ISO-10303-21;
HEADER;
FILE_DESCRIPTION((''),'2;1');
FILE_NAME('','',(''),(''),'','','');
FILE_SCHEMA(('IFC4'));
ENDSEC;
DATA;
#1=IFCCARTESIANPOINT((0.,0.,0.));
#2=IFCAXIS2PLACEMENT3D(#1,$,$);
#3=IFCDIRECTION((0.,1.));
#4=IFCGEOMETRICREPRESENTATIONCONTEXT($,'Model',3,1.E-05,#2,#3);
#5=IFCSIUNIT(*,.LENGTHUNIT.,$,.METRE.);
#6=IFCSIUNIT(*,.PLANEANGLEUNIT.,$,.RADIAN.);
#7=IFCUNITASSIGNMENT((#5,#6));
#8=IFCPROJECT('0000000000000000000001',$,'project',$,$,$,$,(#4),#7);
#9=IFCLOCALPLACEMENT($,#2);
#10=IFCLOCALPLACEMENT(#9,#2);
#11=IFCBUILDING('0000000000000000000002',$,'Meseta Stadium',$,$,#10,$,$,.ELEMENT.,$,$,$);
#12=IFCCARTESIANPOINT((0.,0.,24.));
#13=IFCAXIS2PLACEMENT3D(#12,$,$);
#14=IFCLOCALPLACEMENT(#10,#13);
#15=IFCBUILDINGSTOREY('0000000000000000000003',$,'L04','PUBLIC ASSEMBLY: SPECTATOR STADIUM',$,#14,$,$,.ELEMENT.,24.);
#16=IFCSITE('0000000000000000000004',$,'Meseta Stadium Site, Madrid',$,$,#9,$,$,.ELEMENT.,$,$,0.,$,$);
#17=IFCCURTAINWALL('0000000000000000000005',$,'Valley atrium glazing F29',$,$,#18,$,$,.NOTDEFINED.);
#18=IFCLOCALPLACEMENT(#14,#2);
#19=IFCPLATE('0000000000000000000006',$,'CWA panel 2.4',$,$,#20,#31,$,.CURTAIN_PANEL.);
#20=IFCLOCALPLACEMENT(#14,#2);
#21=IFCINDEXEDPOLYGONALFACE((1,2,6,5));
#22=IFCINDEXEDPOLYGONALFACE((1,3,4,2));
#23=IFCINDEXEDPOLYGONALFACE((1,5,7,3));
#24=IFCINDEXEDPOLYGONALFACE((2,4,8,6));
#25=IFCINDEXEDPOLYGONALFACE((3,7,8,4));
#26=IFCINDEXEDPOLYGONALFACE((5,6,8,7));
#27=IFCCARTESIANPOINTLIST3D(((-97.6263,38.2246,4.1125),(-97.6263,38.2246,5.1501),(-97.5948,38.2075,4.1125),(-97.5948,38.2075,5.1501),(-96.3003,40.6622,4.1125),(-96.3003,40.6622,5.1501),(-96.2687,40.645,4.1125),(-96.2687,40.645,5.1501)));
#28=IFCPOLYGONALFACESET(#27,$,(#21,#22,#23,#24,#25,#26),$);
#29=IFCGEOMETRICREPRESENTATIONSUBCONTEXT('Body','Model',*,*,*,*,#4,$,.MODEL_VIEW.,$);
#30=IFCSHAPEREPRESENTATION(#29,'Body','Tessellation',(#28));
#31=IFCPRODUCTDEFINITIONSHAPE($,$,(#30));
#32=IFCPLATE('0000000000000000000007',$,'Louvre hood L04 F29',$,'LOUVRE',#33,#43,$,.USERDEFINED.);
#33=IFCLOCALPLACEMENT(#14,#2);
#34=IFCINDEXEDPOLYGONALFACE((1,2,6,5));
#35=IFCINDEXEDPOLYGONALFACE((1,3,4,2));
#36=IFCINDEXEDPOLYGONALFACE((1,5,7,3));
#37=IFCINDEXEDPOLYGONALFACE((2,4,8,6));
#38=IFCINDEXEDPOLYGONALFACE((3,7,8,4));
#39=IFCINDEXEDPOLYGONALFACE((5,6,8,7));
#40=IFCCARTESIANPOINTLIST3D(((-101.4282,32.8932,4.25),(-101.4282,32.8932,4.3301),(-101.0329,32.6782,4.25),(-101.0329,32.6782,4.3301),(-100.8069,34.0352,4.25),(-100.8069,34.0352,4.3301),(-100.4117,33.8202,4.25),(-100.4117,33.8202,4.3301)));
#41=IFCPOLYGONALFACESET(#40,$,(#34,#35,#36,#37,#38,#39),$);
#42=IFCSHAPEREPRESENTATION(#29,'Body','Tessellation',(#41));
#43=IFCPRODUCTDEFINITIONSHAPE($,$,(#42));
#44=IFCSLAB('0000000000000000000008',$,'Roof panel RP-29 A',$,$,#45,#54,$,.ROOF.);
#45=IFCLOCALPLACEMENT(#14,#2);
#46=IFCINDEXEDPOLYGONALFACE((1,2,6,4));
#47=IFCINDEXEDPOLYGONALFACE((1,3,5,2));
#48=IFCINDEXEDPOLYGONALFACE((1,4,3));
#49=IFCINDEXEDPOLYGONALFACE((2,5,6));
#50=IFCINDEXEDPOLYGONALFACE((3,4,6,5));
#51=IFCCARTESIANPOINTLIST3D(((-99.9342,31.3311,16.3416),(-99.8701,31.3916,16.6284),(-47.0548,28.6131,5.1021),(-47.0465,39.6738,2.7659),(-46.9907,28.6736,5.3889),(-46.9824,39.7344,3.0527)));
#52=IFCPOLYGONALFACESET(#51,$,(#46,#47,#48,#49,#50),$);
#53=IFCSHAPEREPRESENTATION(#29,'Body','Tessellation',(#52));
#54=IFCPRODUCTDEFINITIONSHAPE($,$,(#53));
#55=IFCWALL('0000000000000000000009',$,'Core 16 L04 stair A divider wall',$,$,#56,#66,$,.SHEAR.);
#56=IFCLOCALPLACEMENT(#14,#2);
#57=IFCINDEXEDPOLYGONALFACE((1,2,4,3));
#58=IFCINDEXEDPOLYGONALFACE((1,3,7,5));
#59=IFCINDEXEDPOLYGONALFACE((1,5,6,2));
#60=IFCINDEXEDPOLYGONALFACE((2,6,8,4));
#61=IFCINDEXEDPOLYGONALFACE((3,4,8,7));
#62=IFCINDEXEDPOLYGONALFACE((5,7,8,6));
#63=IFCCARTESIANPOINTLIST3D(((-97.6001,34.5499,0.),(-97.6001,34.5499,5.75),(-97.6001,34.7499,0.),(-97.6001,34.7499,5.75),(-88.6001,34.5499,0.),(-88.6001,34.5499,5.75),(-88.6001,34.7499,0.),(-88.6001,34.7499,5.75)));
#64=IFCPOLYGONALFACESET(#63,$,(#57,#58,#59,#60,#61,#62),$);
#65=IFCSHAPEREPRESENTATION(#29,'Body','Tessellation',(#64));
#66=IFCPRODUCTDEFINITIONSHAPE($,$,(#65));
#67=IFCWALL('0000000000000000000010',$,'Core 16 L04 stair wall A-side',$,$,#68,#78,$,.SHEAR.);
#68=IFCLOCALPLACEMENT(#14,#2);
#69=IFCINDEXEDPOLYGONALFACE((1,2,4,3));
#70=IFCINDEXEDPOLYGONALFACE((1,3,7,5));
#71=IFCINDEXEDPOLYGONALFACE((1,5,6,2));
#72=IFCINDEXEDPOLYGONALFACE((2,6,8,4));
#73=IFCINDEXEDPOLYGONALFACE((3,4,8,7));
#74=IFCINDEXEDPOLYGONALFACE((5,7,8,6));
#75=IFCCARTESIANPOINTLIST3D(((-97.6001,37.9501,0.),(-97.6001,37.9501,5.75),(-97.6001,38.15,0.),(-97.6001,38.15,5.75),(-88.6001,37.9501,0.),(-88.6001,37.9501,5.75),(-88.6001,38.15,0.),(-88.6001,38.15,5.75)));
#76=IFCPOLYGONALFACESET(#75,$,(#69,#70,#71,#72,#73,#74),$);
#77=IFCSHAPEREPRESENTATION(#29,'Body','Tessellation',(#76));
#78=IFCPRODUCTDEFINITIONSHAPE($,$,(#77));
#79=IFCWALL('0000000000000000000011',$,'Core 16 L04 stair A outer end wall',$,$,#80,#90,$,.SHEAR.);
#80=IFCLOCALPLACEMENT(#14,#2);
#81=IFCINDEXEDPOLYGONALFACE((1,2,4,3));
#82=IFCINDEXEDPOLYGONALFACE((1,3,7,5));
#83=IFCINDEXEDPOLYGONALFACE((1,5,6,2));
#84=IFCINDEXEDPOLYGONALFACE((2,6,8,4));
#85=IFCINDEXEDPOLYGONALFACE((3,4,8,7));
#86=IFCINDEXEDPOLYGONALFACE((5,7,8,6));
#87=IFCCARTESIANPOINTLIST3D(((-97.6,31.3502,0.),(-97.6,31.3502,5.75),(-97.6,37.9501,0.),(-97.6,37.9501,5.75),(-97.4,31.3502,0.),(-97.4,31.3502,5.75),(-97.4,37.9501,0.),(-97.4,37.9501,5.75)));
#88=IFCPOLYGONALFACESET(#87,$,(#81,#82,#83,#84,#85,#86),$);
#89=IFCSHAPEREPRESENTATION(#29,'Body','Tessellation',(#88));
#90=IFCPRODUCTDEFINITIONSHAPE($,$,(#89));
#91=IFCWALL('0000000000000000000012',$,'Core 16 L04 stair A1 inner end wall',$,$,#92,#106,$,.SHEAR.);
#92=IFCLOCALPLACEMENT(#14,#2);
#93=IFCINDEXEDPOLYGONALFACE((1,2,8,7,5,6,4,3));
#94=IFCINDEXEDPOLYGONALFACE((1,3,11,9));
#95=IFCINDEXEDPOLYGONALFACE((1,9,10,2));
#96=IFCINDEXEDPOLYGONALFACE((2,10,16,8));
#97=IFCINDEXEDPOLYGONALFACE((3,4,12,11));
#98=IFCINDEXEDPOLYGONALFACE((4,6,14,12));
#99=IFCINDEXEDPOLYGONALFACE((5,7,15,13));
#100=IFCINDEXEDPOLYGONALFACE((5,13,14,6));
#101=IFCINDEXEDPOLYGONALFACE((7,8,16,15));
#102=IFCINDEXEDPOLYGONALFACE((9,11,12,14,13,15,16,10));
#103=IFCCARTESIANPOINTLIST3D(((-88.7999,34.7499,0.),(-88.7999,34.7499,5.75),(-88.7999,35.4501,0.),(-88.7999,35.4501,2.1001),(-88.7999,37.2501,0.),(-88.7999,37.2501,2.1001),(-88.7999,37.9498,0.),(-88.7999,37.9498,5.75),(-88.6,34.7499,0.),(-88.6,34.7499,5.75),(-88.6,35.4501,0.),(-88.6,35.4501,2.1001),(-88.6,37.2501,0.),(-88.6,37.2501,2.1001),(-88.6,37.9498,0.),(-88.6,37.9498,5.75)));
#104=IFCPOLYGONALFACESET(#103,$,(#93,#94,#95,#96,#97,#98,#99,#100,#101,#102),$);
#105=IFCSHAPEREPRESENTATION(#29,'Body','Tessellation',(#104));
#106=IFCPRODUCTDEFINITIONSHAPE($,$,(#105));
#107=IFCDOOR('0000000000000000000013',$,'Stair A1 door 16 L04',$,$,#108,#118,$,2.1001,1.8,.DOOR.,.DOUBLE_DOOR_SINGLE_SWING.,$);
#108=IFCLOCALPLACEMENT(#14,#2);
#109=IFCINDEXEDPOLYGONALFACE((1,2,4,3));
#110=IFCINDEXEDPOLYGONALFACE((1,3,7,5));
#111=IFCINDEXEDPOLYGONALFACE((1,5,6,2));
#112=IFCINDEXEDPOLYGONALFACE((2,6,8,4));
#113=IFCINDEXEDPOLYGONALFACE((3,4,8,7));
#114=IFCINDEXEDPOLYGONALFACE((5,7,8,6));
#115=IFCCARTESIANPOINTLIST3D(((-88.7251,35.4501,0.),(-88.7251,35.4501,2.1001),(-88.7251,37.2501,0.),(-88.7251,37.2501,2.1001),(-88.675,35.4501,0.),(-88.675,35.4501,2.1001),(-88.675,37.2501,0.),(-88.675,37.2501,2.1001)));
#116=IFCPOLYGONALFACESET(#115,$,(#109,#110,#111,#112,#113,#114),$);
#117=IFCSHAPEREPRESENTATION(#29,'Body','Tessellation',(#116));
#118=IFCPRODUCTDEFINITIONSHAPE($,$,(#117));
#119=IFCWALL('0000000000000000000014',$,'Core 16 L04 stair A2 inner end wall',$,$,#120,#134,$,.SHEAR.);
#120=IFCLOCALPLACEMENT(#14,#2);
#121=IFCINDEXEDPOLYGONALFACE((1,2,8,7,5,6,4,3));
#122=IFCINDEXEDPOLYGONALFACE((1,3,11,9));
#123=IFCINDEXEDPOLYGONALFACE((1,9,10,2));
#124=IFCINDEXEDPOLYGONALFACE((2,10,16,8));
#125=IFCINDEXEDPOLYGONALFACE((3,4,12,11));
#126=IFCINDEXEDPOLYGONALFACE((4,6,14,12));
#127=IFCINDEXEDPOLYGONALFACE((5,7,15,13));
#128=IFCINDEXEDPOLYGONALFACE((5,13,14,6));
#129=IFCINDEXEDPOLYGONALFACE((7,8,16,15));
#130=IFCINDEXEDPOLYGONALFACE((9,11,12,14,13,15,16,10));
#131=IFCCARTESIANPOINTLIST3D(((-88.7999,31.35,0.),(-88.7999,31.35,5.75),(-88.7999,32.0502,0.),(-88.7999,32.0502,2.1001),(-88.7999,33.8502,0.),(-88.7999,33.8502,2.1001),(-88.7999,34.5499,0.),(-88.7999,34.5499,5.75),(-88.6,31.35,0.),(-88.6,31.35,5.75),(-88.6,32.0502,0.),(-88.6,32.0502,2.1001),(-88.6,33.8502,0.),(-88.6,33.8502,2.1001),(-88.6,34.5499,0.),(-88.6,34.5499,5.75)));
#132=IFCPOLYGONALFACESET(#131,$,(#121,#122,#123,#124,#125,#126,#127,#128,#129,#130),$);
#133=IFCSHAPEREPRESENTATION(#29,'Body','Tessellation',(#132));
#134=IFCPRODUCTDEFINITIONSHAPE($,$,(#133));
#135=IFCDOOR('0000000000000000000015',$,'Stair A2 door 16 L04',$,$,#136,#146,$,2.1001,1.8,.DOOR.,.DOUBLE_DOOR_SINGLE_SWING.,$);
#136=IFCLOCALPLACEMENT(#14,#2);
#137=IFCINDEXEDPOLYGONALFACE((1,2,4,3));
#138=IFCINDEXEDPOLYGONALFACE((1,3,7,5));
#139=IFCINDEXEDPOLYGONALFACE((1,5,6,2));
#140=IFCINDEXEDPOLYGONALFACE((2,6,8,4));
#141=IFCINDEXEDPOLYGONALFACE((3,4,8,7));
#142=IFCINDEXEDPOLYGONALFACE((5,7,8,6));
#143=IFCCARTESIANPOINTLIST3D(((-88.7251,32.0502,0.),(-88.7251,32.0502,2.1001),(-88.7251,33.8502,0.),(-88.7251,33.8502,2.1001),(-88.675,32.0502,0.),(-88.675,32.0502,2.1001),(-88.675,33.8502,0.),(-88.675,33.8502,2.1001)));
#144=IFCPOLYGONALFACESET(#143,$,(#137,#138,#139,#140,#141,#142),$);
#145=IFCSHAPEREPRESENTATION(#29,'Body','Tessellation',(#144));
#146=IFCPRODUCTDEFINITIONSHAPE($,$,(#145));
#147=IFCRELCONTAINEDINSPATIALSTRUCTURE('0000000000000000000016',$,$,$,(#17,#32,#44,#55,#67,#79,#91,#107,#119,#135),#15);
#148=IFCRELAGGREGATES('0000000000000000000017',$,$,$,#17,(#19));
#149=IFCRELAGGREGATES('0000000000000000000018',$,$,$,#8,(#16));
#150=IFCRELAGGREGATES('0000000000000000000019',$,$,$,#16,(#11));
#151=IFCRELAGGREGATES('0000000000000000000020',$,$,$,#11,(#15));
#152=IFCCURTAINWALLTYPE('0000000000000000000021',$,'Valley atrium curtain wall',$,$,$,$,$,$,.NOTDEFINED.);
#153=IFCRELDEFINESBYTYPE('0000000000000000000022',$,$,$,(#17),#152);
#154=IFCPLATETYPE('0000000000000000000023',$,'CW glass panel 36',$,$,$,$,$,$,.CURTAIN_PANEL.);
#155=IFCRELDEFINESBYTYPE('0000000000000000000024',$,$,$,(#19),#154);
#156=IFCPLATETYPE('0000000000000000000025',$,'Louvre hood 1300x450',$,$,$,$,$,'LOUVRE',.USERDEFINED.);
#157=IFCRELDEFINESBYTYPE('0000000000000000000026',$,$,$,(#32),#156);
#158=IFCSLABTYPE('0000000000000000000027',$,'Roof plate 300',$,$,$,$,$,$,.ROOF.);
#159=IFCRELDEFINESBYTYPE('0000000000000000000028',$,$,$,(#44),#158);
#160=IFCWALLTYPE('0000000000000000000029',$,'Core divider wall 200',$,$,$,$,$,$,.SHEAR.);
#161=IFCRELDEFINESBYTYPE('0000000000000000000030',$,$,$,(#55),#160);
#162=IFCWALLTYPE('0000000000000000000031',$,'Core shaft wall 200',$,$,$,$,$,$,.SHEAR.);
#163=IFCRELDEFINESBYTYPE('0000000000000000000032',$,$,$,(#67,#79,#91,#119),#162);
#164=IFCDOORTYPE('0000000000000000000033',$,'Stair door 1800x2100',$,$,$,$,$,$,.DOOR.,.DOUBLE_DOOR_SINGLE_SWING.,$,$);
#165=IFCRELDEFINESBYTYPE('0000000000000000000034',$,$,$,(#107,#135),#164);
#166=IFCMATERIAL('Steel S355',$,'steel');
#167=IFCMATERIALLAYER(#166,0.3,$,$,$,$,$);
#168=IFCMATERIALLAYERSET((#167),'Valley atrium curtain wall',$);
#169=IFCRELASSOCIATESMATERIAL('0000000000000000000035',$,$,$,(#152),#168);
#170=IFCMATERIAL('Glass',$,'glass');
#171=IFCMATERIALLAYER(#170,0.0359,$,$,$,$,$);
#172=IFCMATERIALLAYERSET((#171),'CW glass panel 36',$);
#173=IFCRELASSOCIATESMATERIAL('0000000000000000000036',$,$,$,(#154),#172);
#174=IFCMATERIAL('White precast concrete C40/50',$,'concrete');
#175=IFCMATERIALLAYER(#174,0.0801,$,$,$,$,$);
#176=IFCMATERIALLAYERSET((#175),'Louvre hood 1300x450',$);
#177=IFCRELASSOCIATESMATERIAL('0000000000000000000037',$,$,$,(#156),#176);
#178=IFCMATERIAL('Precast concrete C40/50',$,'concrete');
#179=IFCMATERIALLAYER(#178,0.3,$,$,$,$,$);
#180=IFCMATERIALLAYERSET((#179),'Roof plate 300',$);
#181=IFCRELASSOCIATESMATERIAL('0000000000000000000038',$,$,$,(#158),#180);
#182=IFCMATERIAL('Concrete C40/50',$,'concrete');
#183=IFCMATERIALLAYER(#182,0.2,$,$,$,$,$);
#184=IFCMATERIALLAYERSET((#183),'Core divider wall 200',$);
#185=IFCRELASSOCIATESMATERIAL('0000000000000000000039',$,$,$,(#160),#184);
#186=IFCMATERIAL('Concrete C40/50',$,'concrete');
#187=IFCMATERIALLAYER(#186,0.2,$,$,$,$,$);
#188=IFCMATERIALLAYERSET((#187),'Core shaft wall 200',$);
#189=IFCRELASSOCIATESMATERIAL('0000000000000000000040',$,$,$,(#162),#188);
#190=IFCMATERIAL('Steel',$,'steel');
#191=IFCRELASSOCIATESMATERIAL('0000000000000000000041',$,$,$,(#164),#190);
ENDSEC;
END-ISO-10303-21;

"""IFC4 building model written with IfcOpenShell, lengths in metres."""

from ifc_helpers import new_model, si_unit, direction, frame, frame_2d, origin, origin_2d, place, context, subcontext, project, spatial, polyline, rectangle, outline, extrude, material, layer, layer_set, type_object, element, fill, aggregate, save


model = new_model("IFC4")

# Units and contexts
model_context = context("Model", 3, precision=1e-05, world=origin(), true_north=direction((0.0, 1.0)))
body_context = subcontext(model_context, "Body", "Model", "MODEL_VIEW")
ifc_project = project(units=[si_unit("LENGTHUNIT", "METRE"), si_unit("PLANEANGLEUNIT", "RADIAN")], contexts=[model_context])

# Site, building, storey
site_placement = place(None, origin())
site = spatial("IfcSite", under=ifc_project, at=site_placement, Name="Meseta Stadium Site, Madrid", CompositionType="ELEMENT", RefElevation=0.0)
building_placement = place(site_placement, origin())
building = spatial("IfcBuilding", under=site, at=building_placement, Name="Meseta Stadium", CompositionType="ELEMENT")
storey_placement = place(building_placement, frame((0.0, 0.0, 24.0)))
storey = spatial("IfcBuildingStorey", under=building, at=storey_placement, Name="L04", Description="PUBLIC ASSEMBLY: SPECTATOR STADIUM", CompositionType="ELEMENT", Elevation=24.0)

# Curtain wall
ifc_material_1 = material(Name="Steel S355", Category="steel")
ifc_layer_1 = layer(ifc_material_1, 0.3)
ifc_layer_set_1 = layer_set([ifc_layer_1], Name="Valley atrium curtain wall")
curtain_wall_type = type_object("IfcCurtainWallType", Name="Valley atrium curtain wall", PredefinedType="NOTDEFINED", material=ifc_layer_set_1)
curtain_wall_placement = place(storey_placement, origin())
curtain_wall = element("IfcCurtainWall", 1, at=curtain_wall_placement, inside=storey, type_object=curtain_wall_type, Name="Valley atrium glazing F29", PredefinedType="NOTDEFINED")

# Plates
ifc_material_2 = material(Name="Glass", Category="glass")
ifc_layer_2 = layer(ifc_material_2, 0.0359)
ifc_layer_set_2 = layer_set([ifc_layer_2], Name="CW glass panel 36")
plate_type_1 = type_object("IfcPlateType", Name="CW glass panel 36", PredefinedType="CURTAIN_PANEL", material=ifc_layer_set_2)
plate_1_placement = place(storey_placement, frame((-96.9475, 39.4348, 4.1125), z_axis=(0.0, 0.0, 1.0), x_axis=(-0.477867, -0.878432, 0.0)))
plate_1 = element("IfcPlate", 2, at=plate_1_placement, type_object=plate_type_1, Name="CWA panel 2.4", PredefinedType="CURTAIN_PANEL", context=body_context, shape_type="SweptSolid", body=[
    extrude(rectangle(XDim=2.7749, YDim=0.0359, at=origin_2d()), origin(), (0.0, 0.0, 1.0), 1.0376),
])
aggregate(curtain_wall, [plate_1])
ifc_material_3 = material(Name="White precast concrete C40/50", Category="concrete")
ifc_layer_3 = layer(ifc_material_3, 0.0801)
ifc_layer_set_3 = layer_set([ifc_layer_3], Name="Louvre hood 1300x450")
plate_type_2 = type_object("IfcPlateType", Name="Louvre hood 1300x450", ElementType="LOUVRE", PredefinedType="USERDEFINED", material=ifc_layer_set_3)
plate_2_placement = place(storey_placement, frame((-100.9199, 33.3567, 4.25), z_axis=(0.0, 0.0, 1.0), x_axis=(-0.477867, -0.878432, 0.0)))
element("IfcPlate", 3, at=plate_2_placement, inside=storey, type_object=plate_type_2, Name="Louvre hood L04 F29", ObjectType="LOUVRE", PredefinedType="USERDEFINED", context=body_context, shape_type="SweptSolid", body=[
    extrude(rectangle(XDim=1.3, YDim=0.45, at=origin_2d()), origin(), (0.0, 0.0, 1.0), 0.0801),
])

# Slab
ifc_material_4 = material(Name="Precast concrete C40/50", Category="concrete")
ifc_layer_4 = layer(ifc_material_4, 0.3)
ifc_layer_set_4 = layer_set([ifc_layer_4], Name="Roof plate 300")
slab_type = type_object("IfcSlabType", Name="Roof plate 300", PredefinedType="ROOF", material=ifc_layer_set_4)
slab_placement = place(storey_placement, frame((-99.8701, 31.3916, 16.6284), z_axis=(0.213541, 0.201734, 0.955879), x_axis=(0.957487, 0.151039, -0.245776)))
element("IfcSlab", 4, at=slab_placement, inside=storey, type_object=slab_type, Name="Roof panel RP-29 A", PredefinedType="ROOF", context=body_context, shape_type="SweptSolid", body=[
    extrude(outline(polyline([(0.0, 0.0), (55.2359, 0.0), (52.9832, -11.0781), (0.0, 0.0)])), origin(), (0.0, 0.0, -1.0), 0.3),
])

# Walls
ifc_material_5 = material(Name="Concrete C40/50", Category="concrete")
ifc_layer_5 = layer(ifc_material_5, 0.2)
ifc_layer_set_5 = layer_set([ifc_layer_5], Name="Core divider wall 200")
wall_type_1 = type_object("IfcWallType", Name="Core divider wall 200", PredefinedType="SHEAR", material=ifc_layer_set_5)
wall_1_placement = place(storey_placement, frame((-97.6001, 34.6499, 0.0), z_axis=(0.0, 0.0, 1.0), x_axis=(1.0, 0.0, 0.0)))
element("IfcWall", 5, at=wall_1_placement, inside=storey, type_object=wall_type_1, Name="Core 16 L04 stair A divider wall", PredefinedType="SHEAR", context=body_context, shape_type="SweptSolid", body=[
    extrude(rectangle(XDim=9.0, YDim=0.2, at=frame_2d((4.5, 0.0))), origin(), (0.0, 0.0, 1.0), 5.75),
])
ifc_material_6 = material(Name="Concrete C40/50", Category="concrete")
ifc_layer_6 = layer(ifc_material_6, 0.2)
ifc_layer_set_6 = layer_set([ifc_layer_6], Name="Core shaft wall 200")
wall_type_2 = type_object("IfcWallType", Name="Core shaft wall 200", PredefinedType="SHEAR", material=ifc_layer_set_6)
wall_2_placement = place(storey_placement, frame((-97.6001, 38.05, 0.0), z_axis=(0.0, 0.0, 1.0), x_axis=(1.0, 0.0, 0.0)))
element("IfcWall", 6, at=wall_2_placement, inside=storey, type_object=wall_type_2, Name="Core 16 L04 stair wall A-side", PredefinedType="SHEAR", context=body_context, shape_type="SweptSolid", body=[
    extrude(rectangle(XDim=9.0, YDim=0.2, at=frame_2d((4.5, 0.0))), origin(), (0.0, 0.0, 1.0), 5.75),
])
wall_3_placement = place(storey_placement, frame((-97.5, 37.95, 0.0), z_axis=(0.0, 0.0, 1.0), x_axis=(0.0, -1.0, 0.0)))
element("IfcWall", 7, at=wall_3_placement, inside=storey, type_object=wall_type_2, Name="Core 16 L04 stair A outer end wall", PredefinedType="SHEAR", context=body_context, shape_type="SweptSolid", body=[
    extrude(rectangle(XDim=6.5999, YDim=0.2, at=frame_2d((3.2998, 0.0))), origin(), (0.0, 0.0, 1.0), 5.75),
])

# Walls, openings, doors
wall_4_placement = place(storey_placement, frame((-88.7, 37.95, 0.0), z_axis=(0.0, 0.0, 1.0), x_axis=(0.0, -1.0, 0.0)))
wall_4 = element("IfcWall", 8, at=wall_4_placement, inside=storey, type_object=wall_type_2, Name="Core 16 L04 stair A1 inner end wall", PredefinedType="SHEAR", context=body_context, shape_type="SweptSolid", body=[
    extrude(rectangle(XDim=3.2, YDim=0.2, at=frame_2d((1.6001, 0.0))), origin(), (0.0, 0.0, 1.0), 5.75),
])
opening_1_placement = place(wall_4_placement, frame((0.7, 0.0, 0.0)))
opening_1 = element("IfcOpeningElement", 9, at=opening_1_placement, cuts=wall_4, PredefinedType="OPENING", context=body_context, shape_type="SweptSolid", body=[
    extrude(rectangle(XDim=1.8, YDim=2.1001, at=frame_2d((0.8999, 1.05))), frame((0.0, 0.1099, 0.0), z_axis=(0.0, -1.0, 0.0), x_axis=(1.0, 0.0, 0.0)), (0.0, 0.0, 1.0), 0.22),
])
ifc_material_7 = material(Name="Steel", Category="steel")
door_type = type_object("IfcDoorType", Name="Stair door 1800x2100", OperationType="DOUBLE_DOOR_SINGLE_SWING", PredefinedType="DOOR", material=ifc_material_7)
door_1_placement = place(opening_1_placement, origin())
door_1 = element("IfcDoor", 10, at=door_1_placement, inside=storey, type_object=door_type, Name="Stair A1 door 16 L04", OperationType="DOUBLE_DOOR_SINGLE_SWING", OverallHeight=2.1001, OverallWidth=1.8, PredefinedType="DOOR", context=body_context, shape_type="SweptSolid", body=[
    extrude(rectangle(XDim=1.8, YDim=2.1001, at=frame_2d((0.8999, 1.05))), frame((0.0, 0.0249, 0.0), z_axis=(0.0, -1.0, 0.0), x_axis=(1.0, 0.0, 0.0)), (0.0, 0.0, 1.0), 0.05),
])
fill(opening_1, door_1)
wall_5_placement = place(storey_placement, frame((-88.7, 34.55, 0.0), z_axis=(0.0, 0.0, 1.0), x_axis=(0.0, -1.0, 0.0)))
wall_5 = element("IfcWall", 11, at=wall_5_placement, inside=storey, type_object=wall_type_2, Name="Core 16 L04 stair A2 inner end wall", PredefinedType="SHEAR", context=body_context, shape_type="SweptSolid", body=[
    extrude(rectangle(XDim=3.2, YDim=0.2, at=frame_2d((1.6001, 0.0))), origin(), (0.0, 0.0, 1.0), 5.75),
])
opening_2_placement = place(wall_5_placement, frame((0.7, 0.0, 0.0)))
opening_2 = element("IfcOpeningElement", 12, at=opening_2_placement, cuts=wall_5, PredefinedType="OPENING", context=body_context, shape_type="SweptSolid", body=[
    extrude(rectangle(XDim=1.8, YDim=2.1001, at=frame_2d((0.8999, 1.05))), frame((0.0, 0.1099, 0.0), z_axis=(0.0, -1.0, 0.0), x_axis=(1.0, 0.0, 0.0)), (0.0, 0.0, 1.0), 0.22),
])
door_2_placement = place(opening_2_placement, origin())
door_2 = element("IfcDoor", 13, at=door_2_placement, inside=storey, type_object=door_type, Name="Stair A2 door 16 L04", OperationType="DOUBLE_DOOR_SINGLE_SWING", OverallHeight=2.1001, OverallWidth=1.8, PredefinedType="DOOR", context=body_context, shape_type="SweptSolid", body=[
    extrude(rectangle(XDim=1.8, YDim=2.1001, at=frame_2d((0.8999, 1.05))), frame((0.0, 0.0249, 0.0), z_axis=(0.0, -1.0, 0.0), x_axis=(1.0, 0.0, 0.0)), (0.0, 0.0, 1.0), 0.05),
])
fill(opening_2, door_2)

save(model, "model.ifc")
